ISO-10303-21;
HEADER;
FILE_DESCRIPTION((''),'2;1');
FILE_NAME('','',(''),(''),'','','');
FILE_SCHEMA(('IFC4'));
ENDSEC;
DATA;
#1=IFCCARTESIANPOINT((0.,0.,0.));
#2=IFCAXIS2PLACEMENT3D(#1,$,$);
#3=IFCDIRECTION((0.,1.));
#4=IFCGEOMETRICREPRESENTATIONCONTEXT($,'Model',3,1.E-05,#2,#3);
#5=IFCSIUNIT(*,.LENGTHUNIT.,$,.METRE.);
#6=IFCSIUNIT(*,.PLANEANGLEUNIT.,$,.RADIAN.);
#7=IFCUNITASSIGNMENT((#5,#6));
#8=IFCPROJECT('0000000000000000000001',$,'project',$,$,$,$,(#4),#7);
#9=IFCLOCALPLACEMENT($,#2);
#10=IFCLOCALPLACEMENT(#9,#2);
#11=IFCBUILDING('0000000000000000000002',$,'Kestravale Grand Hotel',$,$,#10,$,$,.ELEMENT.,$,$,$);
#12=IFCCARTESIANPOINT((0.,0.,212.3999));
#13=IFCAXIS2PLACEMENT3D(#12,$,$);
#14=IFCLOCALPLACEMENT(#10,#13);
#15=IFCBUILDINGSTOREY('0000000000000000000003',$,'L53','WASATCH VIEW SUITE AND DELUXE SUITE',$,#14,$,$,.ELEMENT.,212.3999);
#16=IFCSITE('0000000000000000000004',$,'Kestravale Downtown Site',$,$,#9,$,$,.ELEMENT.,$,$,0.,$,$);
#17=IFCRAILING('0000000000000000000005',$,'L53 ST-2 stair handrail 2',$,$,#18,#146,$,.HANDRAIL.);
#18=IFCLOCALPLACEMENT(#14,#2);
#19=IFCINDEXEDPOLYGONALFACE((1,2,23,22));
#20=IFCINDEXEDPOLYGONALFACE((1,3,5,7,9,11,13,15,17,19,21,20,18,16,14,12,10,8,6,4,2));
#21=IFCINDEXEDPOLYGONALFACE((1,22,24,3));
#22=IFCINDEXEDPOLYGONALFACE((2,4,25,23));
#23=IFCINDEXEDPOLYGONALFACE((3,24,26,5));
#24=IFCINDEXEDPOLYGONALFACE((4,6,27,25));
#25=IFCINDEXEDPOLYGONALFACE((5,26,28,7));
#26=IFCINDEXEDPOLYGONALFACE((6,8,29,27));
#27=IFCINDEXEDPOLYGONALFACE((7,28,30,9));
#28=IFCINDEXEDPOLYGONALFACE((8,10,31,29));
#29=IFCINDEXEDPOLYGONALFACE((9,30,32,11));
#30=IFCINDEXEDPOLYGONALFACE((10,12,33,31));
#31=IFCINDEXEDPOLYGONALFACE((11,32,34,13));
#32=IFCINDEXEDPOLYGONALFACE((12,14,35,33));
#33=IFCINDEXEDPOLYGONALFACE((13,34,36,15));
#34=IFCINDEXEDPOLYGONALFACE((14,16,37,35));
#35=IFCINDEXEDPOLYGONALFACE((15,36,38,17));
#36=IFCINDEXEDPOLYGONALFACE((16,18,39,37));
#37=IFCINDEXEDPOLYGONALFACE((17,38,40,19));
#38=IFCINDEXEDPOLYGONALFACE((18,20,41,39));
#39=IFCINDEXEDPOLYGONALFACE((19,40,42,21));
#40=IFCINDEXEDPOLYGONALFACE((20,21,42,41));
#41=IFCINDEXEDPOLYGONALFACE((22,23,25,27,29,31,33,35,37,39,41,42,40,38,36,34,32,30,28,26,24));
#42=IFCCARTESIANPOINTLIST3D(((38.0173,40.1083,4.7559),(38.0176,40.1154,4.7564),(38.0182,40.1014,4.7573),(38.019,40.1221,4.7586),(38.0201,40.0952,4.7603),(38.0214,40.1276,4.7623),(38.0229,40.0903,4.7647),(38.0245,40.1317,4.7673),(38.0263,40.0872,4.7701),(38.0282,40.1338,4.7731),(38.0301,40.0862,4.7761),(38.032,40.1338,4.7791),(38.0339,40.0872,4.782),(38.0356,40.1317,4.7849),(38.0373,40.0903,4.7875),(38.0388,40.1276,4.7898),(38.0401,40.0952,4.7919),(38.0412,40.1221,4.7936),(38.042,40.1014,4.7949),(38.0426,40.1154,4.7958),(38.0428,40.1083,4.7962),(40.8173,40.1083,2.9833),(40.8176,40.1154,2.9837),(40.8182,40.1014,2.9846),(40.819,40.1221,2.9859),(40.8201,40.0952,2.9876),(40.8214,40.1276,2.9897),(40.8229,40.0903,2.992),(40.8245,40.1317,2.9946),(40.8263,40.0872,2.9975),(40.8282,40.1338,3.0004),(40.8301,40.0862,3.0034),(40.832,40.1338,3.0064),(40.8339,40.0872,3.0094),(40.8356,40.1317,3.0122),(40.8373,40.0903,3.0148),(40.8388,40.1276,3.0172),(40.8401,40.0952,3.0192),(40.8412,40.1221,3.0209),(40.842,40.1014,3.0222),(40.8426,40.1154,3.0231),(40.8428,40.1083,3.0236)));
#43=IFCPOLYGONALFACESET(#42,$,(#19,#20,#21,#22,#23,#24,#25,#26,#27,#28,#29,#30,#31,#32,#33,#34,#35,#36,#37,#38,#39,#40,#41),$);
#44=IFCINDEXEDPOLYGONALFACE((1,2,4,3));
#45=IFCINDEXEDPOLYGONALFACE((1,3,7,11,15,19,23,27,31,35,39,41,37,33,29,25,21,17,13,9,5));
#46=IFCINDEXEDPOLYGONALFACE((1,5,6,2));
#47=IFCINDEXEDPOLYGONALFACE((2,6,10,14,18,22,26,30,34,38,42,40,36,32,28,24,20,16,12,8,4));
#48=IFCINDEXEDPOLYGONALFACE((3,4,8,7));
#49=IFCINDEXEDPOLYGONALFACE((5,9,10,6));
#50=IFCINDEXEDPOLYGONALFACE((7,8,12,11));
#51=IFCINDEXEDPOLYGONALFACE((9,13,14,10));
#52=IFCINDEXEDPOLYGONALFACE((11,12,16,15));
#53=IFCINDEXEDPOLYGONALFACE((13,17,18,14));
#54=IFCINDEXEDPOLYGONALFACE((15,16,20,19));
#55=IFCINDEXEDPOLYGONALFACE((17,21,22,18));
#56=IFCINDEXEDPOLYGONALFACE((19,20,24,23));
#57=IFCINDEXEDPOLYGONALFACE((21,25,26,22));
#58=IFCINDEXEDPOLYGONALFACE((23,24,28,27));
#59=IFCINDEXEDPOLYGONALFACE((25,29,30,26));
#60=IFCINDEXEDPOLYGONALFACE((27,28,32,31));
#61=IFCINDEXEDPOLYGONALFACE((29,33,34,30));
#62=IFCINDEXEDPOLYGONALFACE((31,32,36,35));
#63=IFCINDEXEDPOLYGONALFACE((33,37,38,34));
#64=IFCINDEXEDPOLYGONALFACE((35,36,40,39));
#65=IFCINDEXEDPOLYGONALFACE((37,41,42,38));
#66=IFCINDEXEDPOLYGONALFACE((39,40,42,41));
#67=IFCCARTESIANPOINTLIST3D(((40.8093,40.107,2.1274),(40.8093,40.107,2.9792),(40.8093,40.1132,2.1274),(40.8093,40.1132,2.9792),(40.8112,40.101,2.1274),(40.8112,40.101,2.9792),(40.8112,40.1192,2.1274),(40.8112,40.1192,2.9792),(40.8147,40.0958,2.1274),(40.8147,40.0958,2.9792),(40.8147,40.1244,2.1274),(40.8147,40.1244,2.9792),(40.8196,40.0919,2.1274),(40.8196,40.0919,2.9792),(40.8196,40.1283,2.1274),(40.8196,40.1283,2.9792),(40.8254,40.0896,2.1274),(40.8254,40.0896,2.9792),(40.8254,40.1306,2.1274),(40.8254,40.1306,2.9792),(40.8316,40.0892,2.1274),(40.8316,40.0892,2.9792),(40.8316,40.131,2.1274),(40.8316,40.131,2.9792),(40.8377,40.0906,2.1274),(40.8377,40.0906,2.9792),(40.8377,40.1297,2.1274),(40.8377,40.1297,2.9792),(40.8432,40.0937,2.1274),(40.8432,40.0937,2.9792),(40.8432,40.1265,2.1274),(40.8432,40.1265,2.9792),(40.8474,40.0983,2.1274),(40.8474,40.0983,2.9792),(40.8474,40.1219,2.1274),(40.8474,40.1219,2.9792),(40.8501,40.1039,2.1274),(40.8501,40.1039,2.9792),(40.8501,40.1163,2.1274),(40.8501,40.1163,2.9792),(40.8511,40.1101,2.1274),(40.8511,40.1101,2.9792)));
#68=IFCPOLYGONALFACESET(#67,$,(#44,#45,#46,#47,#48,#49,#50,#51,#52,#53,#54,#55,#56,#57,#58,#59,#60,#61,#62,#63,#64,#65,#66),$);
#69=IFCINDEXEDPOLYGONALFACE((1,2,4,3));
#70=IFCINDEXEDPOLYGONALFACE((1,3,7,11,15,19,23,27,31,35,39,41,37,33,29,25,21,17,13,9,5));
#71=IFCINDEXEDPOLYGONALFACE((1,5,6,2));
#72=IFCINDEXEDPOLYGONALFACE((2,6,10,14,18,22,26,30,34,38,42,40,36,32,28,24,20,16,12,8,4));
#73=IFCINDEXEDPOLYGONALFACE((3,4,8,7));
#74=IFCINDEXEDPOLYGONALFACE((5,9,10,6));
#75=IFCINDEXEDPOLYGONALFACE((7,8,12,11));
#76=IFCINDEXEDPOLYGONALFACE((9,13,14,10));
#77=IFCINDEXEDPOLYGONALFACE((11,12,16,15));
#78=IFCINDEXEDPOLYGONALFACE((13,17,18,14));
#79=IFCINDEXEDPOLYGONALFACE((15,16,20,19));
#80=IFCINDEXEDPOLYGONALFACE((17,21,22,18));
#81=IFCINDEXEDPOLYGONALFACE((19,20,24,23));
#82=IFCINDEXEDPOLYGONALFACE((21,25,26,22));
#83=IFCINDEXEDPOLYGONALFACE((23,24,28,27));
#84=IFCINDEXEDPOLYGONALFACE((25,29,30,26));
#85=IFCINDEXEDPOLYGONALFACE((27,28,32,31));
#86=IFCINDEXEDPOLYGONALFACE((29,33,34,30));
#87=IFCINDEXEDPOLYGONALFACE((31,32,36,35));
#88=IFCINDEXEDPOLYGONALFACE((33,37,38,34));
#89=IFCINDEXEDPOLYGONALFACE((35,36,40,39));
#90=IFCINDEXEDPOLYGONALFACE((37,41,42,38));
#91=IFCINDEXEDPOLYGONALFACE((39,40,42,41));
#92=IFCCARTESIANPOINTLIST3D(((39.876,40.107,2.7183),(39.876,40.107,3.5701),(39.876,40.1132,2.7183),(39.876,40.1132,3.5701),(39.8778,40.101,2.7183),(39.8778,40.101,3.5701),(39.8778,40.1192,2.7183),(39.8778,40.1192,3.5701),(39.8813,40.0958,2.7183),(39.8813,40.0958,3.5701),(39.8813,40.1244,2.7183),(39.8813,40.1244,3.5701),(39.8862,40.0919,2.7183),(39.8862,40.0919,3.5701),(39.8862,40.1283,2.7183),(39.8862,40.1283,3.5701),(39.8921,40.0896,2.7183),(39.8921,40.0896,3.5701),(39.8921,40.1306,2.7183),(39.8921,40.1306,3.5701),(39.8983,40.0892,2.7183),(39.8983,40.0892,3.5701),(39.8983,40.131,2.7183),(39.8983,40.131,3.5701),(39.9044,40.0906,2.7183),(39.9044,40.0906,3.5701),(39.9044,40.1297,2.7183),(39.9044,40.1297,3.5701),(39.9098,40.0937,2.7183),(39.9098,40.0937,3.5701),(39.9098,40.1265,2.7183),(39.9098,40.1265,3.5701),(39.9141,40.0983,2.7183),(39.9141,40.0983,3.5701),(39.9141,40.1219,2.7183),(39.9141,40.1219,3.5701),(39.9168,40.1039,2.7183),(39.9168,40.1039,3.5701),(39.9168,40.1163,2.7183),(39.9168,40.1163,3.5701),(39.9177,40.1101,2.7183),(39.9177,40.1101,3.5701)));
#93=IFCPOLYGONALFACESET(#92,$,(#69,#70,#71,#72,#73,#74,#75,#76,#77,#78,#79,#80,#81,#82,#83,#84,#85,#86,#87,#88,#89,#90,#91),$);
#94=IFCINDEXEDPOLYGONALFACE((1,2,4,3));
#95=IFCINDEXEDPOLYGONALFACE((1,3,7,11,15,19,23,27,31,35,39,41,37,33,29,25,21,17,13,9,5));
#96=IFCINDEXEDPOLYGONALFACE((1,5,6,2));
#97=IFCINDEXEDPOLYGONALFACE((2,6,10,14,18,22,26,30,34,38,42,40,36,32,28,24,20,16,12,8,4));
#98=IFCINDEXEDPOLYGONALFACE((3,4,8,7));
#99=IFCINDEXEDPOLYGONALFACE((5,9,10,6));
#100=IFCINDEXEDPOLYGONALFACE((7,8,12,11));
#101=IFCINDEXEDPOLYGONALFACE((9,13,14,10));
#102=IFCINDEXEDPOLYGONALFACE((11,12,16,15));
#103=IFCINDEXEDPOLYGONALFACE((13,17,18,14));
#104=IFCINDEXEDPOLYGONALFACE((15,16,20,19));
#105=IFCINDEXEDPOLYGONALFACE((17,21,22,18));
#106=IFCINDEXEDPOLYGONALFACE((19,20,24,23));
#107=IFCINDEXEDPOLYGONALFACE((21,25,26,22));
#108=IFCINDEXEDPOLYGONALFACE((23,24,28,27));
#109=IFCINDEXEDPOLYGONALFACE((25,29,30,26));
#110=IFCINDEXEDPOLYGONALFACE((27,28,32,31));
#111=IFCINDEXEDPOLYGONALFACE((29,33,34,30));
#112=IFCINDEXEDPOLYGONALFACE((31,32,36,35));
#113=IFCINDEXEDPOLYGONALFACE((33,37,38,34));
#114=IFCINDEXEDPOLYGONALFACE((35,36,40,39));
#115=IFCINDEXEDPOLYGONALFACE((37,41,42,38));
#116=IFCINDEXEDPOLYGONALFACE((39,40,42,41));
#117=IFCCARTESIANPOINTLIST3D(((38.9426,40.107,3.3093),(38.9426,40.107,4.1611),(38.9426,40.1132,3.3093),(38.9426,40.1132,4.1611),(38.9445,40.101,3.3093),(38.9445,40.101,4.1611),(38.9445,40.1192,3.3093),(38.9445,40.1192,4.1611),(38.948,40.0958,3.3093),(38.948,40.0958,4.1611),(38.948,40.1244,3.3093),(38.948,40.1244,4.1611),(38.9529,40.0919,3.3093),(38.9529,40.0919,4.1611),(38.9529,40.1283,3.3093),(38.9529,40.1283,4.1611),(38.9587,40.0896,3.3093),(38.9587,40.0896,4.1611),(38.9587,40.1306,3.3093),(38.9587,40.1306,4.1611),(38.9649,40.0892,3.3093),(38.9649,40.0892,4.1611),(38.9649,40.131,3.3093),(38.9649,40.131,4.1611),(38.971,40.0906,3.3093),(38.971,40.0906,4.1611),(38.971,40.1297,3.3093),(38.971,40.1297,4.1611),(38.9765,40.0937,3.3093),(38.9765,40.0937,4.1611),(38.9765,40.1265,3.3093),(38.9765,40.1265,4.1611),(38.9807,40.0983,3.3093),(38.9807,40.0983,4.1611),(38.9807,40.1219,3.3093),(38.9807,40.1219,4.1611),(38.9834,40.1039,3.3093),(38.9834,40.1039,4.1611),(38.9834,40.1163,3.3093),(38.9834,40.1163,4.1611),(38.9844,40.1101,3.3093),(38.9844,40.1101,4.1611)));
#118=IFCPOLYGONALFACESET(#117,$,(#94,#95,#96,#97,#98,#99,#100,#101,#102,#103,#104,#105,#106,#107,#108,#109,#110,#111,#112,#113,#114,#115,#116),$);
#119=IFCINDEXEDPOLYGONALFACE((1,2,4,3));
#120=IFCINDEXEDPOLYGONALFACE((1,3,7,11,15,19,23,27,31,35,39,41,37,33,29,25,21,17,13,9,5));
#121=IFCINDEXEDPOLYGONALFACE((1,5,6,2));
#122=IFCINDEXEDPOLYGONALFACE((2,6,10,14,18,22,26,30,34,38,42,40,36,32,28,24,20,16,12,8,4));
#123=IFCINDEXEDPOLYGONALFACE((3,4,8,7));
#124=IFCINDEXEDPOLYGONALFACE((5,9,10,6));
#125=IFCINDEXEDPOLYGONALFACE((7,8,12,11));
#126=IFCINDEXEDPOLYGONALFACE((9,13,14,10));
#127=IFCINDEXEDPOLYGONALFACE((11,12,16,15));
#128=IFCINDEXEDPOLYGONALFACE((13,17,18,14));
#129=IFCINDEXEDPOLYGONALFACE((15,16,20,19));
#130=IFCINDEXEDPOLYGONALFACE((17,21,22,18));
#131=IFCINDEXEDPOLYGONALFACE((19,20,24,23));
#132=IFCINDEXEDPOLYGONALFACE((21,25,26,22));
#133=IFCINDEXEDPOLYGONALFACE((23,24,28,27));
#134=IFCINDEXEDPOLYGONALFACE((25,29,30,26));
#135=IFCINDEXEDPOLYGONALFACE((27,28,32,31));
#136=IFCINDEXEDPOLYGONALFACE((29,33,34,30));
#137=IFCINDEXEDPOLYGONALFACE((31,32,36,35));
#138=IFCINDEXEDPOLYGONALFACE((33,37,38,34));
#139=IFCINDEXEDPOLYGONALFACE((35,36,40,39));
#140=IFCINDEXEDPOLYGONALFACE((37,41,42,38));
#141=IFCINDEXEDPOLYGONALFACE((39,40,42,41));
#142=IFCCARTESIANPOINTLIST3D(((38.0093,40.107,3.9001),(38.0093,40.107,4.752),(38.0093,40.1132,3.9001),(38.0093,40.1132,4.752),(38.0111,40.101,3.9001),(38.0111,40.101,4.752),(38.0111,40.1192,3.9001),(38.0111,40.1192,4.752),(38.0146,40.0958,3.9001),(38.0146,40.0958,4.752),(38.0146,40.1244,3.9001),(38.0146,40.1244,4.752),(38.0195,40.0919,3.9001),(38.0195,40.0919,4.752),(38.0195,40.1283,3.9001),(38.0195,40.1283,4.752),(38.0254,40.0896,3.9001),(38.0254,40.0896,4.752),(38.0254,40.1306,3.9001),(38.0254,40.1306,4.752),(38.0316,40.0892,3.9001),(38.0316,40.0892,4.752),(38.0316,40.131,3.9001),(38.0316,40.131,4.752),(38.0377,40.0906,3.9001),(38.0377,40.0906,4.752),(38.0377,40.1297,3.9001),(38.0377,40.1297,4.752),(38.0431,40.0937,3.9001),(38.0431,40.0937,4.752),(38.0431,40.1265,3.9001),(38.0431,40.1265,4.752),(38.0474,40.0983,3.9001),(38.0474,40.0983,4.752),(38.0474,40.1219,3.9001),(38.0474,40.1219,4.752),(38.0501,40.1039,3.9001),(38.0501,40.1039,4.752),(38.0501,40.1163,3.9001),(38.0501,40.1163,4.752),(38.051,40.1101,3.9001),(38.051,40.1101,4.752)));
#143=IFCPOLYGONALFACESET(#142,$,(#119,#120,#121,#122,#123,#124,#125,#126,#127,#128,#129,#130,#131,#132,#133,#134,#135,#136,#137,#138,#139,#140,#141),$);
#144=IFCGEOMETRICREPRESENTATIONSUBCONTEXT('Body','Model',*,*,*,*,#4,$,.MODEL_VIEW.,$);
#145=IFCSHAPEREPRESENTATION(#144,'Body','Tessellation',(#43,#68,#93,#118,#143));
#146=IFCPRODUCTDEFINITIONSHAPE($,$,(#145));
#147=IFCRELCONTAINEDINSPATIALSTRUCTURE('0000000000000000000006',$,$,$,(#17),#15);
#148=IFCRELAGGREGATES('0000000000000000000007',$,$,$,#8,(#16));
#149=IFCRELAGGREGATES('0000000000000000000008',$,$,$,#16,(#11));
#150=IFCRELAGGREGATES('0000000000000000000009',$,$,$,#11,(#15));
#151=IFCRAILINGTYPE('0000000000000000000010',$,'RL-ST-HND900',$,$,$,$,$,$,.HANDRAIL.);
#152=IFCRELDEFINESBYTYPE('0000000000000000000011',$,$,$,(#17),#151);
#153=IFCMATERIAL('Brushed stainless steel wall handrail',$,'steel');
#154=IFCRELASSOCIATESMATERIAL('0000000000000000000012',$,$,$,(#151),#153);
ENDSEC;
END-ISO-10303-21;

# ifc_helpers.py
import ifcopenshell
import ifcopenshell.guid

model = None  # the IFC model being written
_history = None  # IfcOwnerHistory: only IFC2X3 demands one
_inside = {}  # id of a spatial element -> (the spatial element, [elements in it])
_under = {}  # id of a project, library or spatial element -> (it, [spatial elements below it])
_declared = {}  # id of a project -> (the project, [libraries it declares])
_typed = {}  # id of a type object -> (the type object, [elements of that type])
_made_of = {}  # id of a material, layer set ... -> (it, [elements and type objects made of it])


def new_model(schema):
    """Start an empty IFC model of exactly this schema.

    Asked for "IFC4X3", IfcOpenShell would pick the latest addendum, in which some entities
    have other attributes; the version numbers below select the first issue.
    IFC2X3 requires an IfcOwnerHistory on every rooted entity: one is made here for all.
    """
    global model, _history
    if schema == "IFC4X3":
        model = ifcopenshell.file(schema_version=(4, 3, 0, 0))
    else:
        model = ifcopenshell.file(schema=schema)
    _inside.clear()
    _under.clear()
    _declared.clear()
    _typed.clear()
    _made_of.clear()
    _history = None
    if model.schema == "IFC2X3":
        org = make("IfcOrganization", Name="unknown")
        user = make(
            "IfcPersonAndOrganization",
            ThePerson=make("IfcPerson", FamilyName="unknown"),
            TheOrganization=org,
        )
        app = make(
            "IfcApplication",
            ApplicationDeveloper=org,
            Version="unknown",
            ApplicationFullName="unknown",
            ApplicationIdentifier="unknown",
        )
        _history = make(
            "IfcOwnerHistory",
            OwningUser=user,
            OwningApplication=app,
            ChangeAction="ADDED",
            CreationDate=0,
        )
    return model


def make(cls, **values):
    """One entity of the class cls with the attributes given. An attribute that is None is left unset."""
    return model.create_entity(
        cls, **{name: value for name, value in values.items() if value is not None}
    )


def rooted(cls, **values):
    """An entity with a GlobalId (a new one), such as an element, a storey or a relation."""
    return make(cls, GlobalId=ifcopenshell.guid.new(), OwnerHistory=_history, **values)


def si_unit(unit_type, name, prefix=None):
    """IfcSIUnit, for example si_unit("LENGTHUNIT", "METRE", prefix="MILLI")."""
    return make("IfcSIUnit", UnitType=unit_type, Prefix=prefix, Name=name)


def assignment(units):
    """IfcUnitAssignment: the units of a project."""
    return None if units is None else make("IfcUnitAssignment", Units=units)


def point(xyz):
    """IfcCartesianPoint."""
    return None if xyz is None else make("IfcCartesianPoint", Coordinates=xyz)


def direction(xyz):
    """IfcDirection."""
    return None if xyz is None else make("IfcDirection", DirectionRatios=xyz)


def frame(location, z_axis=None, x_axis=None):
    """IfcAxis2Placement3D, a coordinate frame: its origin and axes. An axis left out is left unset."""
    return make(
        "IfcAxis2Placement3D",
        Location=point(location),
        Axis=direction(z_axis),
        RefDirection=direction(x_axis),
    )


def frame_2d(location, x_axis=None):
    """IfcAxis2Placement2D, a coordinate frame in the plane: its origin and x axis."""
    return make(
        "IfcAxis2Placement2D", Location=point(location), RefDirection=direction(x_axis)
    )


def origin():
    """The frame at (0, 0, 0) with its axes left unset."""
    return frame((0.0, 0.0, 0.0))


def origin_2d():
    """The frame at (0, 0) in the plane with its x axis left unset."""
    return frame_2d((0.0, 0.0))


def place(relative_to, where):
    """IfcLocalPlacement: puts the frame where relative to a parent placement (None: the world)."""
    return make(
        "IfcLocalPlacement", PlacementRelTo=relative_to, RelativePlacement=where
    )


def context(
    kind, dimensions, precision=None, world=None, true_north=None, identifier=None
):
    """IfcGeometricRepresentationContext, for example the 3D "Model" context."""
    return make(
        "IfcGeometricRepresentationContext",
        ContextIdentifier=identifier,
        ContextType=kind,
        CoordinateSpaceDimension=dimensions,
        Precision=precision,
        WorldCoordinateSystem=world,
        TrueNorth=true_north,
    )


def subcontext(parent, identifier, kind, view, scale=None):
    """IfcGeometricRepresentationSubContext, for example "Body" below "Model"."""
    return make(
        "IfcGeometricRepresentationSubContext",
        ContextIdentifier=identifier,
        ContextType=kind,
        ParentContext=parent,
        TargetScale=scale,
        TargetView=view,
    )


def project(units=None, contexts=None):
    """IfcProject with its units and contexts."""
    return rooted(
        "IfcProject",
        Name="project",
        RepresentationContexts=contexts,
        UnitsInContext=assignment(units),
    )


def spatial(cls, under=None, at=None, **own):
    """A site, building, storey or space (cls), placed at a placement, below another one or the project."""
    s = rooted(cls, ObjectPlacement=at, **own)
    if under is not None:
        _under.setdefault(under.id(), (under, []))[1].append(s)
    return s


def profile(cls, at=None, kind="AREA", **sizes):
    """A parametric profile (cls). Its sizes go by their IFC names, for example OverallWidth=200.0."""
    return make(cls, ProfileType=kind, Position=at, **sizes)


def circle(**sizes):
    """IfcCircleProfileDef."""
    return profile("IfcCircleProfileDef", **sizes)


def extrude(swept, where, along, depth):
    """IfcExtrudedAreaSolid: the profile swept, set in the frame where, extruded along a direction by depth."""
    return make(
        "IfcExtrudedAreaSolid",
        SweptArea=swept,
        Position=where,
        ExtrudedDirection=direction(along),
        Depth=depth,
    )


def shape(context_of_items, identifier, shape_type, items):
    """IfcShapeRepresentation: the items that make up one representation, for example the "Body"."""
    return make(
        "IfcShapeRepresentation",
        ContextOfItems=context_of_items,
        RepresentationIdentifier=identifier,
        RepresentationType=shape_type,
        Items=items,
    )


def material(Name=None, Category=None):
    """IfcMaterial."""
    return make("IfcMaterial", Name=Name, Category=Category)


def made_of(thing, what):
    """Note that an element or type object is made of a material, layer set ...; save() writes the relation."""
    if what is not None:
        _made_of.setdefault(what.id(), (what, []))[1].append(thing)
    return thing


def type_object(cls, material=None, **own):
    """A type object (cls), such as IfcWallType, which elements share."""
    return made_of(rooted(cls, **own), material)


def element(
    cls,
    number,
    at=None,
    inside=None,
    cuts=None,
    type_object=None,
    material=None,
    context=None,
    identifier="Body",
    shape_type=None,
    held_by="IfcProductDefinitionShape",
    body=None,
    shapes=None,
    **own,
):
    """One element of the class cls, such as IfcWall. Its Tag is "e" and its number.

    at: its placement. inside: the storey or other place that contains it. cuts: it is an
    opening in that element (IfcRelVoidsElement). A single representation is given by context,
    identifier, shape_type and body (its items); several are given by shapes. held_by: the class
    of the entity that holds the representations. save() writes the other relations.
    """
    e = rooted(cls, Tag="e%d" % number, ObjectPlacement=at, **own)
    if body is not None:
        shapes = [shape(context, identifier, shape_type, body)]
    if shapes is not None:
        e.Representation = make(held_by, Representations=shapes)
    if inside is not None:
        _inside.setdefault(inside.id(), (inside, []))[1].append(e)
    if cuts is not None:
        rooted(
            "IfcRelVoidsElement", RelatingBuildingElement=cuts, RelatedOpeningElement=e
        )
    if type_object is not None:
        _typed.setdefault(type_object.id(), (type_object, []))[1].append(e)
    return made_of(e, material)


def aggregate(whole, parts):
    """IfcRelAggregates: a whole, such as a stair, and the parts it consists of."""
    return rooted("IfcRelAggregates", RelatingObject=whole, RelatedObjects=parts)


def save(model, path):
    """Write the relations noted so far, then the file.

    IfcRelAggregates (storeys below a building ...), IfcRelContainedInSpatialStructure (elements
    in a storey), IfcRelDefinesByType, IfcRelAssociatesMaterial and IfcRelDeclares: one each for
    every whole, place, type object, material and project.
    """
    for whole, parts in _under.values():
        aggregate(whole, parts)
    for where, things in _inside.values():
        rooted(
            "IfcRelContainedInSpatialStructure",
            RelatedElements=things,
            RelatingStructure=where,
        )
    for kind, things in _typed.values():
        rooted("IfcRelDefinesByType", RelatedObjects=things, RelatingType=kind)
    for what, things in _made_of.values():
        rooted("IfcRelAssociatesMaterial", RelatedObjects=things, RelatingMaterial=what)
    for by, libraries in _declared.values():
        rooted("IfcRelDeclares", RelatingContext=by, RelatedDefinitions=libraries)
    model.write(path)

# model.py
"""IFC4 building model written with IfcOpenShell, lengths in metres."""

from ifc_helpers import new_model, si_unit, direction, frame, origin, origin_2d, place, context, subcontext, project, spatial, circle, extrude, material, type_object, element, save


model = new_model("IFC4")

# Units and contexts
model_context = context("Model", 3, precision=1e-05, world=origin(), true_north=direction((0.0, 1.0)))
body_context = subcontext(model_context, "Body", "Model", "MODEL_VIEW")
ifc_project = project(units=[si_unit("LENGTHUNIT", "METRE"), si_unit("PLANEANGLEUNIT", "RADIAN")], contexts=[model_context])

# Site, building, storey
site_placement = place(None, origin())
site = spatial("IfcSite", under=ifc_project, at=site_placement, Name="Kestravale Downtown Site", CompositionType="ELEMENT", RefElevation=0.0)
building_placement = place(site_placement, origin())
building = spatial("IfcBuilding", under=site, at=building_placement, Name="Kestravale Grand Hotel", CompositionType="ELEMENT")
storey_placement = place(building_placement, frame((0.0, 0.0, 212.3999)))
storey = spatial("IfcBuildingStorey", under=building, at=storey_placement, Name="L53", Description="WASATCH VIEW SUITE AND DELUXE SUITE", CompositionType="ELEMENT", Elevation=212.3999)

# Railing
ifc_material_1 = material(Name="Brushed stainless steel wall handrail", Category="steel")
railing_type_1 = type_object("IfcRailingType", Name="RL-ST-HND900", PredefinedType="HANDRAIL", material=ifc_material_1)
railing_1_placement = place(storey_placement, frame((40.8301, 40.1101, 2.1274)))
element("IfcRailing", 1, at=railing_1_placement, inside=storey, type_object=railing_type_1, Name="L53 ST-2 stair handrail 2", PredefinedType="HANDRAIL", context=body_context, shape_type="SweptSolid", body=[
    extrude(circle(Radius=0.0239, at=origin_2d()), frame((0.0, 0.0, 0.876), z_axis=(-0.844909, 0.0, 0.53491), x_axis=(0.0, -1.0, 0.0)), (0.0, 0.0, 1.0), 3.314),
    extrude(circle(Radius=0.021, at=origin_2d()), origin(), (0.0, 0.0, 1.0), 0.8518),
    extrude(circle(Radius=0.021, at=origin_2d()), frame((-0.9333, 0.0, 0.5908)), (0.0, 0.0, 1.0), 0.8518),
    extrude(circle(Radius=0.021, at=origin_2d()), frame((-1.8667, 0.0, 1.1819)), (0.0, 0.0, 1.0), 0.8518),
    extrude(circle(Radius=0.021, at=origin_2d()), frame((-2.8, 0.0, 1.7727)), (0.0, 0.0, 1.0), 0.8518),
])

save(model, "model.ifc")
